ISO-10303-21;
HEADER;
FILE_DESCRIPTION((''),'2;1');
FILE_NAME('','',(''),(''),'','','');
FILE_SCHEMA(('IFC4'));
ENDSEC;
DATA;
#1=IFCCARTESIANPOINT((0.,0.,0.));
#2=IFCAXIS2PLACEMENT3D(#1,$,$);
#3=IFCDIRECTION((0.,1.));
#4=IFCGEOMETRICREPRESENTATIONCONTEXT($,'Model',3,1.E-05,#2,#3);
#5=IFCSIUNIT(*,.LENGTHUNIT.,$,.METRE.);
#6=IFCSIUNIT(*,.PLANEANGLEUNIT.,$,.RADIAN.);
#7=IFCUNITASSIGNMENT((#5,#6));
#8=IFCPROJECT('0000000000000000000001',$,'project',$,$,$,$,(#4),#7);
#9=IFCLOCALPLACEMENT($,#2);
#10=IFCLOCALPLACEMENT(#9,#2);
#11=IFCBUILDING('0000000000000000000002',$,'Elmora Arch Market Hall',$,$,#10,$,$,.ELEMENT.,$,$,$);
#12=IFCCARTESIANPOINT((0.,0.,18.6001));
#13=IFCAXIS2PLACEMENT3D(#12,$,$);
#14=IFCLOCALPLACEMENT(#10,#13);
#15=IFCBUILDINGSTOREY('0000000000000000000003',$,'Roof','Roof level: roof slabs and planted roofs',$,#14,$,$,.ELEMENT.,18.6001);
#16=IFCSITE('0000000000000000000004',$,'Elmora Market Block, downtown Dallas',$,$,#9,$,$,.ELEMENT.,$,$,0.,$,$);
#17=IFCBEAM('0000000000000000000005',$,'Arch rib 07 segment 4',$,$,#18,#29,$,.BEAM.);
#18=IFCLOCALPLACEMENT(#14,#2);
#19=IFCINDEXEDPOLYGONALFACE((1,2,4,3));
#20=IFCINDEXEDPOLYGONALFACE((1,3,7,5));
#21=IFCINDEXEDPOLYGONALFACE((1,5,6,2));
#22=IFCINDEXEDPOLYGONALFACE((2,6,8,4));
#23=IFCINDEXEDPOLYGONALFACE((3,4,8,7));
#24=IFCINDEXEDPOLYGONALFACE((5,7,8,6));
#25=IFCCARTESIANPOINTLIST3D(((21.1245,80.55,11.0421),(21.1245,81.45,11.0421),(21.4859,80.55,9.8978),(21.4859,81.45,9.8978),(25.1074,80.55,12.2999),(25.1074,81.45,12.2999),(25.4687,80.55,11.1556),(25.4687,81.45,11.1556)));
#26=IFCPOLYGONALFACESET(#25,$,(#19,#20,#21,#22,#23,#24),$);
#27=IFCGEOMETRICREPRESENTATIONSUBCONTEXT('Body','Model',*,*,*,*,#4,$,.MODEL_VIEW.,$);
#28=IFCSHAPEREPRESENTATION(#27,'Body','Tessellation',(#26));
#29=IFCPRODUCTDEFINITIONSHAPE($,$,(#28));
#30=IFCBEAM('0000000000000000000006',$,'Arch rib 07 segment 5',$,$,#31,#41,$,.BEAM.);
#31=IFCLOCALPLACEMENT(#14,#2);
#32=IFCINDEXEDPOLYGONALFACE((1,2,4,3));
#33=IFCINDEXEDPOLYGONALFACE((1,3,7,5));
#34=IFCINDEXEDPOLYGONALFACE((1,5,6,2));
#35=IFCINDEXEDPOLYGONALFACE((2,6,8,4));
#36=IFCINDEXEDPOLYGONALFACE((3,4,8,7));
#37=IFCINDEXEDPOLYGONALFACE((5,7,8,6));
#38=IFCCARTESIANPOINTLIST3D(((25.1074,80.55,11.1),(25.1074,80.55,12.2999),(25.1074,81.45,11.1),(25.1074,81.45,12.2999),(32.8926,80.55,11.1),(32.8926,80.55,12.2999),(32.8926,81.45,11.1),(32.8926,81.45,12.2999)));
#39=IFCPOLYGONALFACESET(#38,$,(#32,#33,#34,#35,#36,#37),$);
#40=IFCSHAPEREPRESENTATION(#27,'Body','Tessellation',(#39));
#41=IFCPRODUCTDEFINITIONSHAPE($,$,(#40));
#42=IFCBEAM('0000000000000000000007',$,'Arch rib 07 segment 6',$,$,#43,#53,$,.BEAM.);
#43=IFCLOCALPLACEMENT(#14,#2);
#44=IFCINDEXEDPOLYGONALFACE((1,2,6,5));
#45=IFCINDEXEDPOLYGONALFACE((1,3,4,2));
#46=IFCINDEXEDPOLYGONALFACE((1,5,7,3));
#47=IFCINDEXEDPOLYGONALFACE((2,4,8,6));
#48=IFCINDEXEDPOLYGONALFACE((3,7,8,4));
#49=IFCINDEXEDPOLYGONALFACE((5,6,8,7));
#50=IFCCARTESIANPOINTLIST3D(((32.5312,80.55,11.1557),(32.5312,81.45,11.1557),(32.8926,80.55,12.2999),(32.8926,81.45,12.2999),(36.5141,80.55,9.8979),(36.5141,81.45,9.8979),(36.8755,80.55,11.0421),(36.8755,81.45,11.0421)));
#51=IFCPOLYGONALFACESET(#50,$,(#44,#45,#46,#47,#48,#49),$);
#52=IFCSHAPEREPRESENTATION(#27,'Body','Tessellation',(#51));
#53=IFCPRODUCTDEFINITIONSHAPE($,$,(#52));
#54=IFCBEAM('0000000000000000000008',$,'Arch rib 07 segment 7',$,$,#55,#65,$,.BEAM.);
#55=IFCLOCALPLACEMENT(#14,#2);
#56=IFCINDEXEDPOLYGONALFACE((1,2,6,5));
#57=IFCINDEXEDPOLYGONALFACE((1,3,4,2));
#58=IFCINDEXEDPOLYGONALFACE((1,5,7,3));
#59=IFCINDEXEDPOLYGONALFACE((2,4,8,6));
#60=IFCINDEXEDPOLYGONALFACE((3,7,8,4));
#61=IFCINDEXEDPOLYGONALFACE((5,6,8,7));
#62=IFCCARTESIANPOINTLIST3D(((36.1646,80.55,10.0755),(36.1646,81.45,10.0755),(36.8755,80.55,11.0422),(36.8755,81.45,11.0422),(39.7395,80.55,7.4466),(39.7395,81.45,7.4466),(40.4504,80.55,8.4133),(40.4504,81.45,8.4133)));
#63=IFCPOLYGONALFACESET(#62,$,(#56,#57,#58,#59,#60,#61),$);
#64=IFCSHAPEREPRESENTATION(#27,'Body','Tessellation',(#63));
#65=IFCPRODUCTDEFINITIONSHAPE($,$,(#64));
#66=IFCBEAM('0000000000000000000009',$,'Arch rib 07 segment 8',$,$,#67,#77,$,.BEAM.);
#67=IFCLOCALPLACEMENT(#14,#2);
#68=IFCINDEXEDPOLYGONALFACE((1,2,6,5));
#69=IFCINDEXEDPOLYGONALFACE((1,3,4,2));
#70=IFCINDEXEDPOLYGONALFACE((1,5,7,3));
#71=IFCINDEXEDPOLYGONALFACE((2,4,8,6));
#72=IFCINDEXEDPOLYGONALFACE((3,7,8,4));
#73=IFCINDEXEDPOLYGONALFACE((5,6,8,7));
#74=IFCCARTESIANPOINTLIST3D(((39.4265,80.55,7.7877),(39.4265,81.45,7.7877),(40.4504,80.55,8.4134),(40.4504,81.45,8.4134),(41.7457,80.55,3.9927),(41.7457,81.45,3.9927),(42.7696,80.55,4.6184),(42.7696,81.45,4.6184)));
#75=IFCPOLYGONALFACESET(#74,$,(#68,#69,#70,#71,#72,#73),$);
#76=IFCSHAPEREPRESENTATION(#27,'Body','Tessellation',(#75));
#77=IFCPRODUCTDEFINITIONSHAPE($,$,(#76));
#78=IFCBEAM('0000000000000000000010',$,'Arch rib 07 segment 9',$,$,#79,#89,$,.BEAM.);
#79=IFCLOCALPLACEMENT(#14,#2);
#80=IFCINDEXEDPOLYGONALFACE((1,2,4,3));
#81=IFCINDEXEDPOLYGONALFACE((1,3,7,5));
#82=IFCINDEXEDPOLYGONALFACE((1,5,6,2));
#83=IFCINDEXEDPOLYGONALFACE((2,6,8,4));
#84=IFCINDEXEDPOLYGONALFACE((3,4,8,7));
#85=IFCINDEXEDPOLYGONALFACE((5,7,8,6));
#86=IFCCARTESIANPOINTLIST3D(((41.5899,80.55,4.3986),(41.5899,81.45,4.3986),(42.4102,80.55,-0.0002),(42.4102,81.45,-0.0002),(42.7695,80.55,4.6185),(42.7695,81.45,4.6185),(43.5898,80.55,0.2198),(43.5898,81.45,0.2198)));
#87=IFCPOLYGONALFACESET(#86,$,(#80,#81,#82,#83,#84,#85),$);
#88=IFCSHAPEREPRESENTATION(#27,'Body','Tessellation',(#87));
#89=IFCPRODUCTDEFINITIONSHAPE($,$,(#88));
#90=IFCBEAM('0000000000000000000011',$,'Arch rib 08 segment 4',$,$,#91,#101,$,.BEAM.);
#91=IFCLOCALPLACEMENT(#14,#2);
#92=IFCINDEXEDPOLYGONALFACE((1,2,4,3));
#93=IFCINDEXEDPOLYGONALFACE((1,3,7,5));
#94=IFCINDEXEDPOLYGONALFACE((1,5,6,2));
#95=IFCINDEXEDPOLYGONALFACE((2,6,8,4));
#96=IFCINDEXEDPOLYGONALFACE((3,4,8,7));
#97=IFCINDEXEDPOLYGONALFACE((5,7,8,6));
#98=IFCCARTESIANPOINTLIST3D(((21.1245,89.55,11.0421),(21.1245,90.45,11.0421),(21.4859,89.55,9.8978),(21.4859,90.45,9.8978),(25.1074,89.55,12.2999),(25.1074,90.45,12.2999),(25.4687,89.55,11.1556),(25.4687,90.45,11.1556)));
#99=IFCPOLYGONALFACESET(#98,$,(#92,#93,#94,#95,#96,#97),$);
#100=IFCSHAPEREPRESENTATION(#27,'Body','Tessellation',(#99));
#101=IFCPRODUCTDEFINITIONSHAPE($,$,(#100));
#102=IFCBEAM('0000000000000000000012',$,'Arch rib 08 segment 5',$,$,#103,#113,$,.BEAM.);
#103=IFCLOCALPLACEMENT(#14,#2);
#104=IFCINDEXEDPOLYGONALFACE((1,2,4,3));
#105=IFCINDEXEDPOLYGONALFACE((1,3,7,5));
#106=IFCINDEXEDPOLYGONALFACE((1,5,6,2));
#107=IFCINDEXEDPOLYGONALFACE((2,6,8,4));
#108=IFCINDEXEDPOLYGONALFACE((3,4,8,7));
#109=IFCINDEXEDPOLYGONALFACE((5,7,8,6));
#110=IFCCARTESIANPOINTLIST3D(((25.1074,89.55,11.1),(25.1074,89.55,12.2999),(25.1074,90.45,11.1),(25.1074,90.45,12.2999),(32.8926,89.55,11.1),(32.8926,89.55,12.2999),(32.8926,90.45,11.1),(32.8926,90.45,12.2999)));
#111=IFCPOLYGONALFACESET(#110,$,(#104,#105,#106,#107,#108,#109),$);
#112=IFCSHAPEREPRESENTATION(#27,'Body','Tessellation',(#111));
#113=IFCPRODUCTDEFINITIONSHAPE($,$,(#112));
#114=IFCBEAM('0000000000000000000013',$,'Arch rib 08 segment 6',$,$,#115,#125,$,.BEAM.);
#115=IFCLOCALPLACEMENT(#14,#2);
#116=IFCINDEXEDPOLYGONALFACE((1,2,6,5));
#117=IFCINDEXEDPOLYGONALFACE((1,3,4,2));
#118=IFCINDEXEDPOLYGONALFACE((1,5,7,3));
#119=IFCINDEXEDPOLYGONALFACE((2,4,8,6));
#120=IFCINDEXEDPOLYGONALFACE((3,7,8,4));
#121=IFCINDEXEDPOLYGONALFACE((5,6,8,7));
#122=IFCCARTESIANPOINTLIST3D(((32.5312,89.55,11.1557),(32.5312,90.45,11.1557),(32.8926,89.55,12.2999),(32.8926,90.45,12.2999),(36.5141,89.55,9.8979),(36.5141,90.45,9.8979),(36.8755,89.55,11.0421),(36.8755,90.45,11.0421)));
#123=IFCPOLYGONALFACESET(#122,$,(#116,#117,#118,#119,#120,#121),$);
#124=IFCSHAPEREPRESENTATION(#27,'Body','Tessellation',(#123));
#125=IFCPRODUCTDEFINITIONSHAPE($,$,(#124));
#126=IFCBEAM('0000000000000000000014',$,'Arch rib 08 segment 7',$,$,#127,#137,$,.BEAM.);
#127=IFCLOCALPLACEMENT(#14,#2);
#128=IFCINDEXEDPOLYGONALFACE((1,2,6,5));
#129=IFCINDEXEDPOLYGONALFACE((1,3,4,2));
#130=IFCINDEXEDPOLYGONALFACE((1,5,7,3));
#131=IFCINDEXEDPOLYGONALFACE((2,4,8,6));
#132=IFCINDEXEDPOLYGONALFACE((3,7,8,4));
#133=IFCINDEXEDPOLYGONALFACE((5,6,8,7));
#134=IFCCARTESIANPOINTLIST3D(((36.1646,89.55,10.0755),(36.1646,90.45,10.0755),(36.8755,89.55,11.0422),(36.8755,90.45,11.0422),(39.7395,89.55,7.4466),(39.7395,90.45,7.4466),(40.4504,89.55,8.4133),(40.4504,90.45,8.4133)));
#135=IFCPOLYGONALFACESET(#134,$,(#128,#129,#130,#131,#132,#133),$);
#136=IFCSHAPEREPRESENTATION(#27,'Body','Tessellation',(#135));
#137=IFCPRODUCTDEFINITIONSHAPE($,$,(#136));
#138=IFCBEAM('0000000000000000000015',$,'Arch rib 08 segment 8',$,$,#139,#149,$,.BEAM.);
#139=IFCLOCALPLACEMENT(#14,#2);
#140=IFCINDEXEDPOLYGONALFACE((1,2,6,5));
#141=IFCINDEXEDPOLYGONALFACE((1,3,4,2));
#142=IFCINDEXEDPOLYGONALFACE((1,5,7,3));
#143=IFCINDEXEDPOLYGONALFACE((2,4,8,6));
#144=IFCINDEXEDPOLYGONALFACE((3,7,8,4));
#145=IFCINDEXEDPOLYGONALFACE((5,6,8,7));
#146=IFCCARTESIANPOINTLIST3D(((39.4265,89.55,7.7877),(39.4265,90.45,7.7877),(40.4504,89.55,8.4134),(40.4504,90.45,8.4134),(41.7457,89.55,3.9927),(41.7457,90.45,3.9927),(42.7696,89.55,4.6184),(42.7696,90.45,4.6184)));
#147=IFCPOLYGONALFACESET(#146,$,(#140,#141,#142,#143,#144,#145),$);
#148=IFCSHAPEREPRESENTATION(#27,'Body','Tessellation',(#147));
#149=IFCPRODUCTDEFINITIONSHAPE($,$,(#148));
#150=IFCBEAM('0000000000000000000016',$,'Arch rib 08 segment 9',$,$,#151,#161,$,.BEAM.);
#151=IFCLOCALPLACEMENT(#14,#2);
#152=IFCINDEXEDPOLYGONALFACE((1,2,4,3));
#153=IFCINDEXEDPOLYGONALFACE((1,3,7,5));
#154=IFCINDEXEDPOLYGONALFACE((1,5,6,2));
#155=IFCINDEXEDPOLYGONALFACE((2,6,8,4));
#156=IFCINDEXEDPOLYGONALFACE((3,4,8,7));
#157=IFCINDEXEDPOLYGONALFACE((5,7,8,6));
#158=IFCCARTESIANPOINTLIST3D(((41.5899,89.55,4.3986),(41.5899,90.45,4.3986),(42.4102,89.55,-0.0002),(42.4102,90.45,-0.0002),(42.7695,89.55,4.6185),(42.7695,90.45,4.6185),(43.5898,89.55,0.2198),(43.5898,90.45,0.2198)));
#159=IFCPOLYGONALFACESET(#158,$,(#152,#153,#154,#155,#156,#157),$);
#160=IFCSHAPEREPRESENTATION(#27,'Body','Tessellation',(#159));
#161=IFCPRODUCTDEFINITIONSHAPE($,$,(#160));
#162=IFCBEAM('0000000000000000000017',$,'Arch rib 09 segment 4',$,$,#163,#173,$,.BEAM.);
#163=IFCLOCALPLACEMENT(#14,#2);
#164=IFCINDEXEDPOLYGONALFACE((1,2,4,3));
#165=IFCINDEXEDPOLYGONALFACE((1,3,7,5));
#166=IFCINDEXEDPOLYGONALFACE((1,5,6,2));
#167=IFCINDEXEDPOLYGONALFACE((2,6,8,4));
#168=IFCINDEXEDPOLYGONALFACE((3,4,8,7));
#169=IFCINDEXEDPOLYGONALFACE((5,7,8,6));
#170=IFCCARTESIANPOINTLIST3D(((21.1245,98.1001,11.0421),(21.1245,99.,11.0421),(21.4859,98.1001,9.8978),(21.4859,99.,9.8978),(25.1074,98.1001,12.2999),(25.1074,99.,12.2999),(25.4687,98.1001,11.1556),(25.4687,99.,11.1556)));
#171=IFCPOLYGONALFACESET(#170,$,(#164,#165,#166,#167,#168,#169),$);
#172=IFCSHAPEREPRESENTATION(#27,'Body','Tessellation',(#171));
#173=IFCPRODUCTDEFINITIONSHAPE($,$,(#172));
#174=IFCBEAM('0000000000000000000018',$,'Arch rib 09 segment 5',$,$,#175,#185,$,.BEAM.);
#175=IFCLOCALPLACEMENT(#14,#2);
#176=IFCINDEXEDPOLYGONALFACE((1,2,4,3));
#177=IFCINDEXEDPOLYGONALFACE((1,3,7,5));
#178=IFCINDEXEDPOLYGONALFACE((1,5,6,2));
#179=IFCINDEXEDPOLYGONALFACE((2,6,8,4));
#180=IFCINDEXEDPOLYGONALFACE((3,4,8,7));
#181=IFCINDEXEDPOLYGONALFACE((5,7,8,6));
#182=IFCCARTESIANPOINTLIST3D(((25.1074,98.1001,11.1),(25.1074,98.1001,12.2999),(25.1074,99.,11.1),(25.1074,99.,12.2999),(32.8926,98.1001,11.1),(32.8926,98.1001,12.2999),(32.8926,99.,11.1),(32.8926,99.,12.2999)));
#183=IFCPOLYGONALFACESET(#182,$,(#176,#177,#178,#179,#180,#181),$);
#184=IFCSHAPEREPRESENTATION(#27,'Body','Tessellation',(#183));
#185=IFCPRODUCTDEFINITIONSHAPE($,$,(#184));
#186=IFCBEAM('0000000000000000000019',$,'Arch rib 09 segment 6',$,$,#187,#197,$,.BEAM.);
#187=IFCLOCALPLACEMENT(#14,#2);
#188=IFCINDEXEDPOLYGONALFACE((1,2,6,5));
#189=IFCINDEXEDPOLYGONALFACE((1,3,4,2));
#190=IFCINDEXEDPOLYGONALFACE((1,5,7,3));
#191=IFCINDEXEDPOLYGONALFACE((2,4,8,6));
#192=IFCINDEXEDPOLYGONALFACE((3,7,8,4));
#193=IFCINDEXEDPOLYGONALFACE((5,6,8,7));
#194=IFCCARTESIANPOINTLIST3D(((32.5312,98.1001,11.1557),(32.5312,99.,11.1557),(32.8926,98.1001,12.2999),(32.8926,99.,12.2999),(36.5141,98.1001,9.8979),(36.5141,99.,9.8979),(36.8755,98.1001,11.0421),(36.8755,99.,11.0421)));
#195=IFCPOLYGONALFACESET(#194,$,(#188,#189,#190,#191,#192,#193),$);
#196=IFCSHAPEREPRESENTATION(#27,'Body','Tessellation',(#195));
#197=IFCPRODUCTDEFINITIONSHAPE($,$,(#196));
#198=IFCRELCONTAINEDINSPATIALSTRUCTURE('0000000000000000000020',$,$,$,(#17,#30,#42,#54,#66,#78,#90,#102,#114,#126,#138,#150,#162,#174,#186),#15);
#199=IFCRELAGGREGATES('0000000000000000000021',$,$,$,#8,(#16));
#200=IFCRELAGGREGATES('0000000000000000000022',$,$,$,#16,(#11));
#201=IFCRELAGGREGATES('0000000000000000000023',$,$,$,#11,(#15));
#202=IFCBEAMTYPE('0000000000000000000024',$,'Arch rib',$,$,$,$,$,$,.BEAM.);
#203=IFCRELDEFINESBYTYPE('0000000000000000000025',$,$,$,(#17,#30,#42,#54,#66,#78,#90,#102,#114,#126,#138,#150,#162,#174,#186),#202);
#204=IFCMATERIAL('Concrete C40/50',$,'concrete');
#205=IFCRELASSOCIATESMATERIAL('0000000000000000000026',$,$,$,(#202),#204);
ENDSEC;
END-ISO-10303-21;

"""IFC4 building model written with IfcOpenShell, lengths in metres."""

from ifc_helpers import new_model, si_unit, direction, frame, origin, origin_2d, place, context, subcontext, project, spatial, rectangle, extrude, material, material_profile, profile_set, type_object, element, save


model = new_model("IFC4")

# Units and contexts
model_context = context("Model", 3, precision=1e-05, world=origin(), true_north=direction((0.0, 1.0)))
body_context = subcontext(model_context, "Body", "Model", "MODEL_VIEW")
ifc_project = project(units=[si_unit("LENGTHUNIT", "METRE"), si_unit("PLANEANGLEUNIT", "RADIAN")], contexts=[model_context])

# Site, building, storey
site_placement = place(None, origin())
site = spatial("IfcSite", under=ifc_project, at=site_placement, Name="Elmora Market Block, downtown Dallas", CompositionType="ELEMENT", RefElevation=0.0)
building_placement = place(site_placement, origin())
building = spatial("IfcBuilding", under=site, at=building_placement, Name="Elmora Arch Market Hall", CompositionType="ELEMENT")
storey_placement = place(building_placement, frame((0.0, 0.0, 18.6001)))
storey = spatial("IfcBuildingStorey", under=building, at=storey_placement, Name="Roof", Description="Roof level: roof slabs and planted roofs", CompositionType="ELEMENT", Elevation=18.6001)

# Beams
ifc_material_1 = material(Name="Concrete C40/50", Category="concrete")
ifc_material_profile_1 = material_profile(ifc_material_1, rectangle(XDim=0.8999, YDim=1.2, at=origin_2d()), Name="Arch rib")
ifc_profile_set_1 = profile_set([ifc_material_profile_1], Name="Concrete C40/50")
beam_type = type_object("IfcBeamType", Name="Arch rib", PredefinedType="BEAM", material=ifc_profile_set_1)
beam_1_placement = place(storey_placement, frame((21.3052, 81.0, 10.47), z_axis=(0.953579, 0.0, 0.301143), x_axis=(0.0, 1.0, 0.0)))
element("IfcBeam", 1, at=beam_1_placement, inside=storey, type_object=beam_type, Name="Arch rib 07 segment 4", PredefinedType="BEAM", context=body_context, shape_type="SweptSolid", body=[
    extrude(rectangle(XDim=0.8999, YDim=1.2, at=origin_2d()), origin(), (0.0, 0.0, 1.0), 4.1768),
])
beam_2_placement = place(storey_placement, frame((25.1074, 81.0, 11.7), z_axis=(1.0, 0.0, 0.0), x_axis=(0.0, 1.0, 0.0)))
element("IfcBeam", 2, at=beam_2_placement, inside=storey, type_object=beam_type, Name="Arch rib 07 segment 5", PredefinedType="BEAM", context=body_context, shape_type="SweptSolid", body=[
    extrude(rectangle(XDim=0.8999, YDim=1.2, at=origin_2d()), origin(), (0.0, 0.0, 1.0), 7.7852),
])
beam_3_placement = place(storey_placement, frame((32.7119, 81.0, 11.7278), z_axis=(0.953579, 0.0, -0.301143), x_axis=(0.0, 1.0, 0.0)))
element("IfcBeam", 3, at=beam_3_placement, inside=storey, type_object=beam_type, Name="Arch rib 07 segment 6", PredefinedType="BEAM", context=body_context, shape_type="SweptSolid", body=[
    extrude(rectangle(XDim=0.8999, YDim=1.2, at=origin_2d()), origin(), (0.0, 0.0, 1.0), 4.1768),
])
beam_4_placement = place(storey_placement, frame((36.52, 81.0, 10.5588), z_axis=(0.805622, 0.0, -0.592429), x_axis=(0.0, 1.0, 0.0)))
element("IfcBeam", 4, at=beam_4_placement, inside=storey, type_object=beam_type, Name="Arch rib 07 segment 7", PredefinedType="BEAM", context=body_context, shape_type="SweptSolid", body=[
    extrude(rectangle(XDim=0.8999, YDim=1.2, at=origin_2d()), origin(), (0.0, 0.0, 1.0), 4.4375),
])
beam_5_placement = place(storey_placement, frame((39.9385, 81.0, 8.1006), z_axis=(0.521446, 0.0, -0.853285), x_axis=(0.0, 1.0, 0.0)))
element("IfcBeam", 5, at=beam_5_placement, inside=storey, type_object=beam_type, Name="Arch rib 07 segment 8", PredefinedType="BEAM", context=body_context, shape_type="SweptSolid", body=[
    extrude(rectangle(XDim=0.8999, YDim=1.2, at=origin_2d()), origin(), (0.0, 0.0, 1.0), 4.4475),
])
beam_6_placement = place(storey_placement, frame((42.1797, 81.0, 4.5085), z_axis=(0.18333, 0.0, -0.983051), x_axis=(0.0, 1.0, 0.0)))
element("IfcBeam", 6, at=beam_6_placement, inside=storey, type_object=beam_type, Name="Arch rib 07 segment 9", PredefinedType="BEAM", context=body_context, shape_type="SweptSolid", body=[
    extrude(rectangle(XDim=0.8999, YDim=1.2, at=origin_2d()), origin(), (0.0, 0.0, 1.0), 4.4746),
])
beam_7_placement = place(storey_placement, frame((21.3052, 90.0, 10.47), z_axis=(0.953579, 0.0, 0.301143), x_axis=(0.0, 1.0, 0.0)))
element("IfcBeam", 7, at=beam_7_placement, inside=storey, type_object=beam_type, Name="Arch rib 08 segment 4", PredefinedType="BEAM", context=body_context, shape_type="SweptSolid", body=[
    extrude(rectangle(XDim=0.8999, YDim=1.2, at=origin_2d()), origin(), (0.0, 0.0, 1.0), 4.1768),
])
beam_8_placement = place(storey_placement, frame((25.1074, 90.0, 11.7), z_axis=(1.0, 0.0, 0.0), x_axis=(0.0, 1.0, 0.0)))
element("IfcBeam", 8, at=beam_8_placement, inside=storey, type_object=beam_type, Name="Arch rib 08 segment 5", PredefinedType="BEAM", context=body_context, shape_type="SweptSolid", body=[
    extrude(rectangle(XDim=0.8999, YDim=1.2, at=origin_2d()), origin(), (0.0, 0.0, 1.0), 7.7852),
])
beam_9_placement = place(storey_placement, frame((32.7119, 90.0, 11.7278), z_axis=(0.953579, 0.0, -0.301143), x_axis=(0.0, 1.0, 0.0)))
element("IfcBeam", 9, at=beam_9_placement, inside=storey, type_object=beam_type, Name="Arch rib 08 segment 6", PredefinedType="BEAM", context=body_context, shape_type="SweptSolid", body=[
    extrude(rectangle(XDim=0.8999, YDim=1.2, at=origin_2d()), origin(), (0.0, 0.0, 1.0), 4.1768),
])
beam_10_placement = place(storey_placement, frame((36.52, 90.0, 10.5588), z_axis=(0.805622, 0.0, -0.592429), x_axis=(0.0, 1.0, 0.0)))
element("IfcBeam", 10, at=beam_10_placement, inside=storey, type_object=beam_type, Name="Arch rib 08 segment 7", PredefinedType="BEAM", context=body_context, shape_type="SweptSolid", body=[
    extrude(rectangle(XDim=0.8999, YDim=1.2, at=origin_2d()), origin(), (0.0, 0.0, 1.0), 4.4375),
])
beam_11_placement = place(storey_placement, frame((39.9385, 90.0, 8.1006), z_axis=(0.521446, 0.0, -0.853285), x_axis=(0.0, 1.0, 0.0)))
element("IfcBeam", 11, at=beam_11_placement, inside=storey, type_object=beam_type, Name="Arch rib 08 segment 8", PredefinedType="BEAM", context=body_context, shape_type="SweptSolid", body=[
    extrude(rectangle(XDim=0.8999, YDim=1.2, at=origin_2d()), origin(), (0.0, 0.0, 1.0), 4.4475),
])
beam_12_placement = place(storey_placement, frame((42.1797, 90.0, 4.5085), z_axis=(0.18333, 0.0, -0.983051), x_axis=(0.0, 1.0, 0.0)))
element("IfcBeam", 12, at=beam_12_placement, inside=storey, type_object=beam_type, Name="Arch rib 08 segment 9", PredefinedType="BEAM", context=body_context, shape_type="SweptSolid", body=[
    extrude(rectangle(XDim=0.8999, YDim=1.2, at=origin_2d()), origin(), (0.0, 0.0, 1.0), 4.4746),
])
beam_13_placement = place(storey_placement, frame((21.3052, 98.55, 10.47), z_axis=(0.953579, 0.0, 0.301143), x_axis=(0.0, 1.0, 0.0)))
element("IfcBeam", 13, at=beam_13_placement, inside=storey, type_object=beam_type, Name="Arch rib 09 segment 4", PredefinedType="BEAM", context=body_context, shape_type="SweptSolid", body=[
    extrude(rectangle(XDim=0.8999, YDim=1.2, at=origin_2d()), origin(), (0.0, 0.0, 1.0), 4.1768),
])
beam_14_placement = place(storey_placement, frame((25.1074, 98.55, 11.7), z_axis=(1.0, 0.0, 0.0), x_axis=(0.0, 1.0, 0.0)))
element("IfcBeam", 14, at=beam_14_placement, inside=storey, type_object=beam_type, Name="Arch rib 09 segment 5", PredefinedType="BEAM", context=body_context, shape_type="SweptSolid", body=[
    extrude(rectangle(XDim=0.8999, YDim=1.2, at=origin_2d()), origin(), (0.0, 0.0, 1.0), 7.7852),
])
beam_15_placement = place(storey_placement, frame((32.7119, 98.55, 11.7278), z_axis=(0.953579, 0.0, -0.301143), x_axis=(0.0, 1.0, 0.0)))
element("IfcBeam", 15, at=beam_15_placement, inside=storey, type_object=beam_type, Name="Arch rib 09 segment 6", PredefinedType="BEAM", context=body_context, shape_type="SweptSolid", body=[
    extrude(rectangle(XDim=0.8999, YDim=1.2, at=origin_2d()), origin(), (0.0, 0.0, 1.0), 4.1768),
])

save(model, "model.ifc")
